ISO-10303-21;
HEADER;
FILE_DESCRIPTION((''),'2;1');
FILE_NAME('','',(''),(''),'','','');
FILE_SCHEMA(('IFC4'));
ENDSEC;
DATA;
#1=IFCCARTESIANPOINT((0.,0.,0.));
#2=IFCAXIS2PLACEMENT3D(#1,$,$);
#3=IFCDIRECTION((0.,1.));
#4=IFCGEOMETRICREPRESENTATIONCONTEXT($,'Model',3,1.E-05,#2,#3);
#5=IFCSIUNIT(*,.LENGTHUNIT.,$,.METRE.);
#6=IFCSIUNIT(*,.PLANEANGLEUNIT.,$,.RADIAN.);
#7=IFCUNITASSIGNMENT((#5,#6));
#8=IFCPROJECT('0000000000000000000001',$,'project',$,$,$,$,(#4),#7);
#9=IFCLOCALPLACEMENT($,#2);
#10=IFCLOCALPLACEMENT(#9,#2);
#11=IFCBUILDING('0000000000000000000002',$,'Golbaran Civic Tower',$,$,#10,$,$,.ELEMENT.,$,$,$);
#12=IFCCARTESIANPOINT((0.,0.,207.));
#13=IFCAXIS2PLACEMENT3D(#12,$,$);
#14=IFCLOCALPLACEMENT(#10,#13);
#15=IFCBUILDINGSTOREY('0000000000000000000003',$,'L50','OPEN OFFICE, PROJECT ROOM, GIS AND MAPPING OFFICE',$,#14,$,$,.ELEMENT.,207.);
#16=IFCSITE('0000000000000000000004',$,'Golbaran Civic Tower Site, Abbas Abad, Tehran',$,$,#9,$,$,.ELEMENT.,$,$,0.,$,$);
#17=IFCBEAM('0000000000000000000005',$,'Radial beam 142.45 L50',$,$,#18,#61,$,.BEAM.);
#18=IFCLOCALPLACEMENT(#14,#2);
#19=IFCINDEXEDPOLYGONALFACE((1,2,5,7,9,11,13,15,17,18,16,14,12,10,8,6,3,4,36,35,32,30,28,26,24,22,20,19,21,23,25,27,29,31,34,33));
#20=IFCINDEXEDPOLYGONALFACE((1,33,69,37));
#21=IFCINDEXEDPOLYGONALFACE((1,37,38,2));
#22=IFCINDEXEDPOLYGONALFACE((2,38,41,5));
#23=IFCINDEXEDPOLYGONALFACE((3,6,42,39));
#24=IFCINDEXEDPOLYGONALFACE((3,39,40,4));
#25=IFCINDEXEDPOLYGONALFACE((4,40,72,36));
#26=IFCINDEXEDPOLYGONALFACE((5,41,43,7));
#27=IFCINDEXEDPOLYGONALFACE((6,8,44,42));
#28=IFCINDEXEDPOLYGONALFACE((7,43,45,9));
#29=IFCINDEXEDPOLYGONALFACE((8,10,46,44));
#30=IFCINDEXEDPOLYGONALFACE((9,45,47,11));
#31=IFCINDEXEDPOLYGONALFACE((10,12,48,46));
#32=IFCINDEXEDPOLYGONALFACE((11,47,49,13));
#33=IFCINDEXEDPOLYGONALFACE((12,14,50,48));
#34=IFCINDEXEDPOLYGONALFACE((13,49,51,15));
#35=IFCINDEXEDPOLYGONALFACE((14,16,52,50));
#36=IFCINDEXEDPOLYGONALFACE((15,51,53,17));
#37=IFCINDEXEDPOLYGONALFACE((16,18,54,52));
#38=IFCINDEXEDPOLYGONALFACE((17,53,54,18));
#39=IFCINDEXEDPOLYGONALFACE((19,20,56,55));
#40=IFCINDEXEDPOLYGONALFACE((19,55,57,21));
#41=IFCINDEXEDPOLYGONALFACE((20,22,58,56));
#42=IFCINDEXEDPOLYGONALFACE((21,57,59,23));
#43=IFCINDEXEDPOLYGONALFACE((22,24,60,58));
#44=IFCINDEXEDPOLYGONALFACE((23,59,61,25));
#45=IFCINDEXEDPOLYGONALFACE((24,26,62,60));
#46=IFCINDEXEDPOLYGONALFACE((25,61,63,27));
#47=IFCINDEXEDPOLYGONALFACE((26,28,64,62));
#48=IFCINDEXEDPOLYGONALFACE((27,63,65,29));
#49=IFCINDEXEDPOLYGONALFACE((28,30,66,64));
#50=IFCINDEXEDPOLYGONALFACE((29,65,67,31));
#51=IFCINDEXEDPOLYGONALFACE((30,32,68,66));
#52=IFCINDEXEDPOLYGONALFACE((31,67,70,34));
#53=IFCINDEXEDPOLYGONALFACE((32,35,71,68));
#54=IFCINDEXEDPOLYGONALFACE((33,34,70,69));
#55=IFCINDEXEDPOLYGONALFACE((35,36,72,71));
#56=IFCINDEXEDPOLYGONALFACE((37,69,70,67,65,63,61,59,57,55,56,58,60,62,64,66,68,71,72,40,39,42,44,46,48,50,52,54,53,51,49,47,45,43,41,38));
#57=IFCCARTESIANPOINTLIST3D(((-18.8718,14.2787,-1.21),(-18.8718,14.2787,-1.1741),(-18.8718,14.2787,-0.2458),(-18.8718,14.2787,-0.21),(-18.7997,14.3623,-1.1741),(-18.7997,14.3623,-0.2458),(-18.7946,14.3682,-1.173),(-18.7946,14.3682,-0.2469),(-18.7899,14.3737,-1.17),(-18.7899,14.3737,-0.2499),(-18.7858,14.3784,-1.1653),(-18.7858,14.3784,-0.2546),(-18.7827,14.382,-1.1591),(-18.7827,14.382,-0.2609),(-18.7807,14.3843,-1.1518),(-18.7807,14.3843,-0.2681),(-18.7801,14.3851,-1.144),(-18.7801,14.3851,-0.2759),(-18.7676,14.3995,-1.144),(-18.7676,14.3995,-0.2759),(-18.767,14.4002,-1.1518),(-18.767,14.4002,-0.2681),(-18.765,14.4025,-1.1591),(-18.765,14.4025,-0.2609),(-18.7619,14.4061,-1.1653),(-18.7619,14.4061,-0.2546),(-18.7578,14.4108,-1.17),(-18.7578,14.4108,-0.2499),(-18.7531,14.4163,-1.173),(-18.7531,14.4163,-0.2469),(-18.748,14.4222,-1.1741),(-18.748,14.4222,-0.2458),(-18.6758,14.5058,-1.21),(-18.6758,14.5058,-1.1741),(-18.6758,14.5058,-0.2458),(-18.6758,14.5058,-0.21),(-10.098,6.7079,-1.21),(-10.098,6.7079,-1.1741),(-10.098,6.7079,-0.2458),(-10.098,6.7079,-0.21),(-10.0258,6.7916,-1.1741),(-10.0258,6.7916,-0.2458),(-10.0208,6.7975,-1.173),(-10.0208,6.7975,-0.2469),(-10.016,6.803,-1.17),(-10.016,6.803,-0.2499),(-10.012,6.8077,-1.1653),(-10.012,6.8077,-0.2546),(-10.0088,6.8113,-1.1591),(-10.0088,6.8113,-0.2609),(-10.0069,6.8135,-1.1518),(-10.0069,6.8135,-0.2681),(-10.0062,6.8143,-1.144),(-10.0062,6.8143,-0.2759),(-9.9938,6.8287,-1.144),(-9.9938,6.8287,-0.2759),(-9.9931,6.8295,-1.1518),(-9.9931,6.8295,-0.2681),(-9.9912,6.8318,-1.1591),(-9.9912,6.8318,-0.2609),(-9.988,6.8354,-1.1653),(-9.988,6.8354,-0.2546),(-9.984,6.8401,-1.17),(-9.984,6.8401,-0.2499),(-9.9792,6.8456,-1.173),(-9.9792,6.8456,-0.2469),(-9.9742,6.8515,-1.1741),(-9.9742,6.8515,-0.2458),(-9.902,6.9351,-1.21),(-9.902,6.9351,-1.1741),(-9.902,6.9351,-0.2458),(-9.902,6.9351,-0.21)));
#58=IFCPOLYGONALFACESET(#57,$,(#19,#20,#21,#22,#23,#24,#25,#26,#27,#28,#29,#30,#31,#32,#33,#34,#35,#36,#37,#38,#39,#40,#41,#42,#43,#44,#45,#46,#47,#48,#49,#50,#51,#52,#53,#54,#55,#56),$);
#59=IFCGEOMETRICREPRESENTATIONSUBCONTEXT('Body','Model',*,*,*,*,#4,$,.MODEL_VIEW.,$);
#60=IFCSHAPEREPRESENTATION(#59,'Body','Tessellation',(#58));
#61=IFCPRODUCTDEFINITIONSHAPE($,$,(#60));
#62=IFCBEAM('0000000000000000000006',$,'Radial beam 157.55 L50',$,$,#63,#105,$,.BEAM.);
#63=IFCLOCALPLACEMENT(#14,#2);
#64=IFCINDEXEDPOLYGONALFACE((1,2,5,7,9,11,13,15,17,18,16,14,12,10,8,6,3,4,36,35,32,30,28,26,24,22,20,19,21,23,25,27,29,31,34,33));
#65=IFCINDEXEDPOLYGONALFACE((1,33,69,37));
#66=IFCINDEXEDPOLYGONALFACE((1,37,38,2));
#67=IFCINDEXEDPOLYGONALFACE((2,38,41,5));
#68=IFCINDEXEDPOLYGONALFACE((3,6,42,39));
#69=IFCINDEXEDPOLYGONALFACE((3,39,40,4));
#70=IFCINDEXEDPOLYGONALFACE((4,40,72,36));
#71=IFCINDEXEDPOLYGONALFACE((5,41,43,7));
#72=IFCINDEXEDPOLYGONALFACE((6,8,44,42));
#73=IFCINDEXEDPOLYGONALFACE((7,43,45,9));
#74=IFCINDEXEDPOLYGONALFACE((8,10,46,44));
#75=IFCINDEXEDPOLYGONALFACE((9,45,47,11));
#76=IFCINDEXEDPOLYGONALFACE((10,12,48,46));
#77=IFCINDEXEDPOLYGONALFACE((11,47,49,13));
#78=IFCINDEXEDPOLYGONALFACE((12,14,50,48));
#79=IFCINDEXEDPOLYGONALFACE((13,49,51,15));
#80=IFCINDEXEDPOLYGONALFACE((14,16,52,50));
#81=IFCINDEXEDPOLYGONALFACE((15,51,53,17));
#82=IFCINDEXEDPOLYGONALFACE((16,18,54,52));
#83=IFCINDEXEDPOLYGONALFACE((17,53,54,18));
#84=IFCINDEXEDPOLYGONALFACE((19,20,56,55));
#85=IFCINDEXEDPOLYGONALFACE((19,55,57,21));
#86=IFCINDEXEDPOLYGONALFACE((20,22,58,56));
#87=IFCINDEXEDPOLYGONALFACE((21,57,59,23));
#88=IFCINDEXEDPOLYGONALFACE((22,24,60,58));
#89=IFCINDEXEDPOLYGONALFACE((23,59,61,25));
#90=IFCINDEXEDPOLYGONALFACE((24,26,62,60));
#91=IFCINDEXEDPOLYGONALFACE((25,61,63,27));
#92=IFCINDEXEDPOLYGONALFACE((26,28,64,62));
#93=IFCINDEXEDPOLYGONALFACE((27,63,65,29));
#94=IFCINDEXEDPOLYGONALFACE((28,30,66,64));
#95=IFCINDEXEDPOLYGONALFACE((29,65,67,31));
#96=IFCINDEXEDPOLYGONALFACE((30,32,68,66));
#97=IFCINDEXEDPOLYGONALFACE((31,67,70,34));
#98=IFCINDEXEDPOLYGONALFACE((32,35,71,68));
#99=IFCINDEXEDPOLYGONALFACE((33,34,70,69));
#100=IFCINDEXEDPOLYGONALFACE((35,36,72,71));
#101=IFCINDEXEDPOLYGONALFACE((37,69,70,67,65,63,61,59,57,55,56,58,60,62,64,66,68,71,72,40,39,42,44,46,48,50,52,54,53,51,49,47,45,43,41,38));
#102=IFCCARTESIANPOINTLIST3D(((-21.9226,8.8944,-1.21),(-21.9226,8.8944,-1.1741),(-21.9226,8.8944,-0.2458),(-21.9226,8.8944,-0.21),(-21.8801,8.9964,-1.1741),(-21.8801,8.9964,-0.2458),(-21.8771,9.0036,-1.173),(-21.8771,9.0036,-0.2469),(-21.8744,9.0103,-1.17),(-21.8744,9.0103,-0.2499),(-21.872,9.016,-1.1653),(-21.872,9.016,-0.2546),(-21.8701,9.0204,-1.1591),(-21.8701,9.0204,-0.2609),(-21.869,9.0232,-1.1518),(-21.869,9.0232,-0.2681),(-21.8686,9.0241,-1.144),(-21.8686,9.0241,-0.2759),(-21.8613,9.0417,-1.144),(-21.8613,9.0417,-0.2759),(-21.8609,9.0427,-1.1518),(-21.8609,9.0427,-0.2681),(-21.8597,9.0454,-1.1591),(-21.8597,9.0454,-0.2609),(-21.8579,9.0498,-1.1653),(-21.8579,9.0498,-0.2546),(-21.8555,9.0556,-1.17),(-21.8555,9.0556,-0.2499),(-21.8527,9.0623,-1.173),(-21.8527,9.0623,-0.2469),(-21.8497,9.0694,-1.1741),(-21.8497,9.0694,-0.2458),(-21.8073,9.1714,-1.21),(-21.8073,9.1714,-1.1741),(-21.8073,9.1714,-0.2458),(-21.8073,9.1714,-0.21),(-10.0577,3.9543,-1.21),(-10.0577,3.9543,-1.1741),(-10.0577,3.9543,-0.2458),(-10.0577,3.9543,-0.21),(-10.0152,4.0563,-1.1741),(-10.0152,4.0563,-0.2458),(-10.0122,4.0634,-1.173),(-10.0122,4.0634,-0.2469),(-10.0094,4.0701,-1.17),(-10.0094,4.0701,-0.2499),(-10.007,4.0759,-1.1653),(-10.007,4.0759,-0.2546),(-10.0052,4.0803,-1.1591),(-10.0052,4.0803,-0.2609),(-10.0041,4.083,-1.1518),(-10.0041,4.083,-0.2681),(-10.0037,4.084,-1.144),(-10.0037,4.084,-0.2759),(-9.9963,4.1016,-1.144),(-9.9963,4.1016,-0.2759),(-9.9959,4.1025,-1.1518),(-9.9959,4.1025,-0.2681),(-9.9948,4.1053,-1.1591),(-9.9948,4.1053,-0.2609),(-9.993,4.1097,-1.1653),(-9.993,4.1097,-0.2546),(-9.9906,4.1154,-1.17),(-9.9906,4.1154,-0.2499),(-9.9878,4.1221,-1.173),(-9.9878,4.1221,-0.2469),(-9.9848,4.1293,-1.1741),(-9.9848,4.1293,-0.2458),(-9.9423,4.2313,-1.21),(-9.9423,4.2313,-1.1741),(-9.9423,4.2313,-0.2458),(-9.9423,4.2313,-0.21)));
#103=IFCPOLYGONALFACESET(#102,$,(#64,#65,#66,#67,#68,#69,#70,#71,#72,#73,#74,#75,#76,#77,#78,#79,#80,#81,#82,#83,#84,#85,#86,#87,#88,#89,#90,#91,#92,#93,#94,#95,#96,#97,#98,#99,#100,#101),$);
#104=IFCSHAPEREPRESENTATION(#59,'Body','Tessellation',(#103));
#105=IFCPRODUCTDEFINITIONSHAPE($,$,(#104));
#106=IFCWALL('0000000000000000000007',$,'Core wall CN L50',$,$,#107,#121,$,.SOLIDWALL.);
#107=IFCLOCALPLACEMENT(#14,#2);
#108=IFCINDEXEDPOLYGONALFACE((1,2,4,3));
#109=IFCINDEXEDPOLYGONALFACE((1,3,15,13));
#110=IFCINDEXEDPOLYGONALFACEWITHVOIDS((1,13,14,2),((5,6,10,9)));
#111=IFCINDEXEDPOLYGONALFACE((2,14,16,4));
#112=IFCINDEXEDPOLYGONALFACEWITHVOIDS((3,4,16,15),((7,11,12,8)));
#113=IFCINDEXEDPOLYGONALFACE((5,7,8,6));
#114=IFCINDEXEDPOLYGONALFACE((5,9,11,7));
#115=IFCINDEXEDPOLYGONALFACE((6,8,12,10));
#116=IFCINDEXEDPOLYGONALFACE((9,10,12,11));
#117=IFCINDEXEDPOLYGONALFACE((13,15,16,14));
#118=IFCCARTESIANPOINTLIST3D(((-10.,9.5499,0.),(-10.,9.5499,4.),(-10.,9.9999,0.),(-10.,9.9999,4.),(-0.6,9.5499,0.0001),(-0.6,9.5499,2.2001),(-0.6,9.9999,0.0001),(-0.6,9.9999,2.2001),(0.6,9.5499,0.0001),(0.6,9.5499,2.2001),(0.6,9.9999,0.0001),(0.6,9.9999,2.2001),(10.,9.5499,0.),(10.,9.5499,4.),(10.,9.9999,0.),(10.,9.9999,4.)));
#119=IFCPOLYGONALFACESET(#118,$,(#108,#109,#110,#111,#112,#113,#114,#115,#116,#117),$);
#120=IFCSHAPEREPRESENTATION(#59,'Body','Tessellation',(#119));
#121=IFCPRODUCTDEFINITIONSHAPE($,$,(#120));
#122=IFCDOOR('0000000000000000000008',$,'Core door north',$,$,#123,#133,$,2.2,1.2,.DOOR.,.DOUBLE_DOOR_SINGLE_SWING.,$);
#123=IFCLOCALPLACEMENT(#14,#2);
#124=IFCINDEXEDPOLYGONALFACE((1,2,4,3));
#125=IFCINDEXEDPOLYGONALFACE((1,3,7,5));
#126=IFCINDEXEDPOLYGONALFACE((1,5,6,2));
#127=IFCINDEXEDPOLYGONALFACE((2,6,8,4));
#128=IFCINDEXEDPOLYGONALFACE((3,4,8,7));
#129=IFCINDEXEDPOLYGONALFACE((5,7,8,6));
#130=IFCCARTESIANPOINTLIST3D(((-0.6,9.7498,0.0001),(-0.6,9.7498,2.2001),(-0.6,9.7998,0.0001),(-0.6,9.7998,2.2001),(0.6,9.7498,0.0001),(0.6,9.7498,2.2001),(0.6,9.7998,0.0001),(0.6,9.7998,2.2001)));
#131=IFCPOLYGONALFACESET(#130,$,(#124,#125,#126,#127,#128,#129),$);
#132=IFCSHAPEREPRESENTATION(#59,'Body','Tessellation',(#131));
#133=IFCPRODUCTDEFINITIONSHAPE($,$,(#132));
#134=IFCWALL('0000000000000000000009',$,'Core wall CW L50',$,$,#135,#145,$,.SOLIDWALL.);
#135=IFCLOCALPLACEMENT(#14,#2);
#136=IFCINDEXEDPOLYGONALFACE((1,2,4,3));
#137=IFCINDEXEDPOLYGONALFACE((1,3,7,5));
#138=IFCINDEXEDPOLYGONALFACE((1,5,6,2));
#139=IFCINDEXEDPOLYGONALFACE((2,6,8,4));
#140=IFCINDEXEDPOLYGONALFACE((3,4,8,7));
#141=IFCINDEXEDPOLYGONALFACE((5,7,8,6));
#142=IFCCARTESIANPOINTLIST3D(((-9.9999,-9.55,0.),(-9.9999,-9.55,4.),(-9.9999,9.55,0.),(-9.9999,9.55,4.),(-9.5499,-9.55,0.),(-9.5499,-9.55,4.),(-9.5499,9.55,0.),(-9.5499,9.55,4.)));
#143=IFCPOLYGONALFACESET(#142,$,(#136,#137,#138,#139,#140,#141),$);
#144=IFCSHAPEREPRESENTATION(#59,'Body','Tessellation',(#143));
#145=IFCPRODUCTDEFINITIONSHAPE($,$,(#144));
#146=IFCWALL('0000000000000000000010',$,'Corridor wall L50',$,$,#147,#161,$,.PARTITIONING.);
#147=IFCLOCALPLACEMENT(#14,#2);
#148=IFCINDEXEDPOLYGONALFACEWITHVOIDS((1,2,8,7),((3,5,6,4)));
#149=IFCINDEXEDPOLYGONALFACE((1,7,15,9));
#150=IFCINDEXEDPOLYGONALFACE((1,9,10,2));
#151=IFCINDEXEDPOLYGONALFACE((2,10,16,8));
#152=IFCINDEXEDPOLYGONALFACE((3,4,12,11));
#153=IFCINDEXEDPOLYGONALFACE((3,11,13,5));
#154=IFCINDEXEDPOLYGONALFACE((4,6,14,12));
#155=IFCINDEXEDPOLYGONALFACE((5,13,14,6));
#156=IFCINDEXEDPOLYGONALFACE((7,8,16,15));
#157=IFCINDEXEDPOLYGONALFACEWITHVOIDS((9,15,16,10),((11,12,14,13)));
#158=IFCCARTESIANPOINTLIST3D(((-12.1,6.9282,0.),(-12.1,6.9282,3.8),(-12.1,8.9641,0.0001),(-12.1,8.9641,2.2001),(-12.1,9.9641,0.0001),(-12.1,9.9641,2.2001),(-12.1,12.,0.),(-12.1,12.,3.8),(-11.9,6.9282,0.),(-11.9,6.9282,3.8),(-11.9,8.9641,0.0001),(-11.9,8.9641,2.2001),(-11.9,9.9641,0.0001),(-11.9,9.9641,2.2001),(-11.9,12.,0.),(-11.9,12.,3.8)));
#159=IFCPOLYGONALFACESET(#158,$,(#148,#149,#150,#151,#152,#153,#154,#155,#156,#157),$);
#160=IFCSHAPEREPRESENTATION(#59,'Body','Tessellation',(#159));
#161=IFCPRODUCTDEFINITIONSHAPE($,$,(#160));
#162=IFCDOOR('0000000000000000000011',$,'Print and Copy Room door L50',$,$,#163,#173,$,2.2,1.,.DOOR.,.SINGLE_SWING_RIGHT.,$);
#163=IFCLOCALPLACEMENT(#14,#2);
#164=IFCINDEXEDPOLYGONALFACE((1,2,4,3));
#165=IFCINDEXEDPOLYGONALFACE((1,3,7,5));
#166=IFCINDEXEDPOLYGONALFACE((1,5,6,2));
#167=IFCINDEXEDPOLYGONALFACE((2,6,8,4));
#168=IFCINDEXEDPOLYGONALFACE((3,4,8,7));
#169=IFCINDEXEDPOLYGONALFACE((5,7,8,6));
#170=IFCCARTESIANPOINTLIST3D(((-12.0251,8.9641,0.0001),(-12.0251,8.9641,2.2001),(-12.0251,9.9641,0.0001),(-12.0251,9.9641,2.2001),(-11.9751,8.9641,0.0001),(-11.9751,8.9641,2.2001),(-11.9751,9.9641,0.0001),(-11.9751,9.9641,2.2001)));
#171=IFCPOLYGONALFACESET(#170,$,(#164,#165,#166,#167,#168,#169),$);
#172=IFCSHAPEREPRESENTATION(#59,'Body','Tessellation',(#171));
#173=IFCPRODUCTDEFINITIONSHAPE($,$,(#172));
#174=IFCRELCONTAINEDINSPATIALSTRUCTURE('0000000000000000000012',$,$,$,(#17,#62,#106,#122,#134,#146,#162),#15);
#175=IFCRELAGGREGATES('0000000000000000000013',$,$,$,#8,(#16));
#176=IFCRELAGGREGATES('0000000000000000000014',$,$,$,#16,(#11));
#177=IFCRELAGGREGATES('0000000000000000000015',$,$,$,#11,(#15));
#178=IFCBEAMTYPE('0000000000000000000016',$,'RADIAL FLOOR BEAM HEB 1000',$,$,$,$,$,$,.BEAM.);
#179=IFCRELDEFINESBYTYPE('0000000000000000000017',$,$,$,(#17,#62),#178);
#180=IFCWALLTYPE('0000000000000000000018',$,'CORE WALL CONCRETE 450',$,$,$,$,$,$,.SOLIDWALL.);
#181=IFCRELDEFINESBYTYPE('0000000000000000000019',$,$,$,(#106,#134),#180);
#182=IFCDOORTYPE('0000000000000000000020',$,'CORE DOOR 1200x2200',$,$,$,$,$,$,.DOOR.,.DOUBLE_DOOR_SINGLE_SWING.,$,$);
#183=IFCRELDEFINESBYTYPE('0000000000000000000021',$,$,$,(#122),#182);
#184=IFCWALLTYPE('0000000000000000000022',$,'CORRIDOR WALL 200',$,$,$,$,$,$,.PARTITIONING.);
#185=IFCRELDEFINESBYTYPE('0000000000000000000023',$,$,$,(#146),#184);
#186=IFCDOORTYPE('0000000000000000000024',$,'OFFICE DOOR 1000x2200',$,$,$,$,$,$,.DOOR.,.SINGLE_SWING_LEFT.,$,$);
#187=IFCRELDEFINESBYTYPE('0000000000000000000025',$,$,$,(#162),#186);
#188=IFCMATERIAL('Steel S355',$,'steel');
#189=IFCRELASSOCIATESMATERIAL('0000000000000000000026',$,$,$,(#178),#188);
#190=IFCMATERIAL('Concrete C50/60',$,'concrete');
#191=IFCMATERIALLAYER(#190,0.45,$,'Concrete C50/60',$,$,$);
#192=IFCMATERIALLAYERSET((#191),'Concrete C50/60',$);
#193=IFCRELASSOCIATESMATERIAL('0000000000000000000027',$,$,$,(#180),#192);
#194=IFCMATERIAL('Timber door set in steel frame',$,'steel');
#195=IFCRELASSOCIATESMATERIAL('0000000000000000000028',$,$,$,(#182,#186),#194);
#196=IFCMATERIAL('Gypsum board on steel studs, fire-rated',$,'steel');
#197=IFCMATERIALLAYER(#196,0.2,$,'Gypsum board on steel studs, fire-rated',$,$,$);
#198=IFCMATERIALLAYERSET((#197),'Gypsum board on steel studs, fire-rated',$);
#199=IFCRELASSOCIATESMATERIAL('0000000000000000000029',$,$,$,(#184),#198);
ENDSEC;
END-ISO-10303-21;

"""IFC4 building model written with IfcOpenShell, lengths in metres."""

from ifc_helpers import new_model, si_unit, direction, frame, frame_2d, origin, origin_2d, place, context, subcontext, project, spatial, rectangle, i_section, extrude, material, layer, layer_set, material_profile, profile_set, type_object, element, fill, save


model = new_model("IFC4")

# Units and contexts
model_context = context("Model", 3, precision=1e-05, world=origin(), true_north=direction((0.0, 1.0)))
body_context = subcontext(model_context, "Body", "Model", "MODEL_VIEW")
ifc_project = project(units=[si_unit("LENGTHUNIT", "METRE"), si_unit("PLANEANGLEUNIT", "RADIAN")], contexts=[model_context])

# Site, building, storey
site_placement = place(None, origin())
site = spatial("IfcSite", under=ifc_project, at=site_placement, Name="Golbaran Civic Tower Site, Abbas Abad, Tehran", CompositionType="ELEMENT", RefElevation=0.0)
building_placement = place(site_placement, origin())
building = spatial("IfcBuilding", under=site, at=building_placement, Name="Golbaran Civic Tower", CompositionType="ELEMENT")
storey_placement = place(building_placement, frame((0.0, 0.0, 207.0)))
storey = spatial("IfcBuildingStorey", under=building, at=storey_placement, Name="L50", Description="OPEN OFFICE, PROJECT ROOM, GIS AND MAPPING OFFICE", CompositionType="ELEMENT", Elevation=207.0)

# Beams
ifc_material_1 = material(Name="Steel S355", Category="steel")
ifc_material_profile_1 = material_profile(ifc_material_1, i_section(OverallWidth=0.3, OverallDepth=1.0, WebThickness=0.019, FlangeThickness=0.0359, FilletRadius=0.03, at=origin_2d()), Name="HEB 1000")
ifc_profile_set_1 = profile_set([ifc_material_profile_1], Name="Steel S355")
beam_type_1 = type_object("IfcBeamType", Name="RADIAL FLOOR BEAM HEB 1000", PredefinedType="BEAM", material=ifc_profile_set_1)
beam_1_placement = place(storey_placement, frame((-10.0, 6.8215, -0.71), z_axis=(-0.757108, 0.65329, 0.0), x_axis=(-0.65329, -0.757108, 0.0)))
element("IfcBeam", 1, at=beam_1_placement, inside=storey, type_object=beam_type_1, Name="Radial beam 142.45 L50", PredefinedType="BEAM", context=body_context, shape_type="SweptSolid", body=[
    extrude(i_section(OverallWidth=0.3, OverallDepth=1.0, WebThickness=0.019, FlangeThickness=0.0359, FilletRadius=0.03, at=origin_2d()), origin(), (0.0, 0.0, 1.0), 11.5886),
])
beam_2_placement = place(storey_placement, frame((-10.0, 4.0928, -0.71), z_axis=(-0.923175, 0.384379, 0.0), x_axis=(-0.384379, -0.923175, 0.0)))
element("IfcBeam", 2, at=beam_2_placement, inside=storey, type_object=beam_type_1, Name="Radial beam 157.55 L50", PredefinedType="BEAM", context=body_context, shape_type="SweptSolid", body=[
    extrude(i_section(OverallWidth=0.3, OverallDepth=1.0, WebThickness=0.019, FlangeThickness=0.0359, FilletRadius=0.03, at=origin_2d()), origin(), (0.0, 0.0, 1.0), 12.8523),
])

# Wall, opening, door
ifc_material_2 = material(Name="Concrete C50/60", Category="concrete")
ifc_layer_1 = layer(ifc_material_2, 0.45, Name="Concrete C50/60")
ifc_layer_set_1 = layer_set([ifc_layer_1], Name="Concrete C50/60")
wall_type_1 = type_object("IfcWallType", Name="CORE WALL CONCRETE 450", PredefinedType="SOLIDWALL", material=ifc_layer_set_1)
wall_1_placement = place(storey_placement, frame((-10.0, 9.7749, 0.0), z_axis=(0.0, 0.0, 1.0), x_axis=(1.0, 0.0, 0.0)))
wall_1 = element("IfcWall", 3, at=wall_1_placement, inside=storey, type_object=wall_type_1, Name="Core wall CN L50", PredefinedType="SOLIDWALL", context=body_context, shape_type="SweptSolid", body=[
    extrude(rectangle(XDim=20.0, YDim=0.45, at=frame_2d((10.0, 0.0))), origin(), (0.0, 0.0, 1.0), 4.0),
])
opening_1_placement = place(wall_1_placement, frame((9.3999, 0.0, 0.0)))
opening_1 = element("IfcOpeningElement", 4, at=opening_1_placement, cuts=wall_1, PredefinedType="OPENING", context=body_context, shape_type="SweptSolid", body=[
    extrude(rectangle(XDim=1.2, YDim=2.2, at=frame_2d((0.6001, 1.1001))), frame((0.0, 0.2349, 0.0), z_axis=(0.0, -1.0, 0.0), x_axis=(1.0, 0.0, 0.0)), (0.0, 0.0, 1.0), 0.47),
])
ifc_material_3 = material(Name="Timber door set in steel frame", Category="steel")
door_type_1 = type_object("IfcDoorType", Name="CORE DOOR 1200x2200", OperationType="DOUBLE_DOOR_SINGLE_SWING", PredefinedType="DOOR", material=ifc_material_3)
door_1_placement = place(opening_1_placement, origin())
door_1 = element("IfcDoor", 5, at=door_1_placement, inside=storey, type_object=door_type_1, Name="Core door north", OperationType="DOUBLE_DOOR_SINGLE_SWING", OverallHeight=2.2, OverallWidth=1.2, PredefinedType="DOOR", context=body_context, shape_type="SweptSolid", body=[
    extrude(rectangle(XDim=1.2, YDim=2.2, at=frame_2d((0.6001, 1.1001))), frame((0.0, 0.0249, 0.0), z_axis=(0.0, -1.0, 0.0), x_axis=(1.0, 0.0, 0.0)), (0.0, 0.0, 1.0), 0.05),
])
fill(opening_1, door_1)

# Wall
wall_2_placement = place(storey_placement, frame((-9.7749, 9.55, 0.0), z_axis=(0.0, 0.0, 1.0), x_axis=(0.0, -1.0, 0.0)))
element("IfcWall", 6, at=wall_2_placement, inside=storey, type_object=wall_type_1, Name="Core wall CW L50", PredefinedType="SOLIDWALL", context=body_context, shape_type="SweptSolid", body=[
    extrude(rectangle(XDim=19.1001, YDim=0.45, at=frame_2d((9.55, 0.0))), origin(), (0.0, 0.0, 1.0), 4.0),
])

# Wall, opening, door
ifc_material_4 = material(Name="Gypsum board on steel studs, fire-rated", Category="steel")
ifc_layer_2 = layer(ifc_material_4, 0.2, Name="Gypsum board on steel studs, fire-rated")
ifc_layer_set_2 = layer_set([ifc_layer_2], Name="Gypsum board on steel studs, fire-rated")
wall_type_2 = type_object("IfcWallType", Name="CORRIDOR WALL 200", PredefinedType="PARTITIONING", material=ifc_layer_set_2)
wall_3_placement = place(storey_placement, frame((-12.0, 12.0, 0.0), z_axis=(0.0, 0.0, 1.0), x_axis=(0.0, -1.0, 0.0)))
wall_3 = element("IfcWall", 7, at=wall_3_placement, inside=storey, type_object=wall_type_2, Name="Corridor wall L50", PredefinedType="PARTITIONING", context=body_context, shape_type="SweptSolid", body=[
    extrude(rectangle(XDim=5.0718, YDim=0.2, at=frame_2d((2.5359, 0.0))), origin(), (0.0, 0.0, 1.0), 3.8),
])
opening_2_placement = place(wall_3_placement, frame((2.0359, 0.0, 0.0)))
opening_2 = element("IfcOpeningElement", 8, at=opening_2_placement, cuts=wall_3, PredefinedType="OPENING", context=body_context, shape_type="SweptSolid", body=[
    extrude(rectangle(XDim=1.0, YDim=2.2, at=frame_2d((0.5, 1.1001))), frame((0.0, 0.1099, 0.0), z_axis=(0.0, -1.0, 0.0), x_axis=(1.0, 0.0, 0.0)), (0.0, 0.0, 1.0), 0.22),
])
door_type_2 = type_object("IfcDoorType", Name="OFFICE DOOR 1000x2200", OperationType="SINGLE_SWING_LEFT", PredefinedType="DOOR", material=ifc_material_3)
door_2_placement = place(opening_2_placement, origin())
door_2 = element("IfcDoor", 9, at=door_2_placement, inside=storey, type_object=door_type_2, Name="Print and Copy Room door L50", OperationType="SINGLE_SWING_RIGHT", OverallHeight=2.2, OverallWidth=1.0, PredefinedType="DOOR", context=body_context, shape_type="SweptSolid", body=[
    extrude(rectangle(XDim=1.0, YDim=2.2, at=frame_2d((0.5, 1.1001))), frame((0.0, 0.0249, 0.0), z_axis=(0.0, -1.0, 0.0), x_axis=(1.0, 0.0, 0.0)), (0.0, 0.0, 1.0), 0.05),
])
fill(opening_2, door_2)

save(model, "model.ifc")
